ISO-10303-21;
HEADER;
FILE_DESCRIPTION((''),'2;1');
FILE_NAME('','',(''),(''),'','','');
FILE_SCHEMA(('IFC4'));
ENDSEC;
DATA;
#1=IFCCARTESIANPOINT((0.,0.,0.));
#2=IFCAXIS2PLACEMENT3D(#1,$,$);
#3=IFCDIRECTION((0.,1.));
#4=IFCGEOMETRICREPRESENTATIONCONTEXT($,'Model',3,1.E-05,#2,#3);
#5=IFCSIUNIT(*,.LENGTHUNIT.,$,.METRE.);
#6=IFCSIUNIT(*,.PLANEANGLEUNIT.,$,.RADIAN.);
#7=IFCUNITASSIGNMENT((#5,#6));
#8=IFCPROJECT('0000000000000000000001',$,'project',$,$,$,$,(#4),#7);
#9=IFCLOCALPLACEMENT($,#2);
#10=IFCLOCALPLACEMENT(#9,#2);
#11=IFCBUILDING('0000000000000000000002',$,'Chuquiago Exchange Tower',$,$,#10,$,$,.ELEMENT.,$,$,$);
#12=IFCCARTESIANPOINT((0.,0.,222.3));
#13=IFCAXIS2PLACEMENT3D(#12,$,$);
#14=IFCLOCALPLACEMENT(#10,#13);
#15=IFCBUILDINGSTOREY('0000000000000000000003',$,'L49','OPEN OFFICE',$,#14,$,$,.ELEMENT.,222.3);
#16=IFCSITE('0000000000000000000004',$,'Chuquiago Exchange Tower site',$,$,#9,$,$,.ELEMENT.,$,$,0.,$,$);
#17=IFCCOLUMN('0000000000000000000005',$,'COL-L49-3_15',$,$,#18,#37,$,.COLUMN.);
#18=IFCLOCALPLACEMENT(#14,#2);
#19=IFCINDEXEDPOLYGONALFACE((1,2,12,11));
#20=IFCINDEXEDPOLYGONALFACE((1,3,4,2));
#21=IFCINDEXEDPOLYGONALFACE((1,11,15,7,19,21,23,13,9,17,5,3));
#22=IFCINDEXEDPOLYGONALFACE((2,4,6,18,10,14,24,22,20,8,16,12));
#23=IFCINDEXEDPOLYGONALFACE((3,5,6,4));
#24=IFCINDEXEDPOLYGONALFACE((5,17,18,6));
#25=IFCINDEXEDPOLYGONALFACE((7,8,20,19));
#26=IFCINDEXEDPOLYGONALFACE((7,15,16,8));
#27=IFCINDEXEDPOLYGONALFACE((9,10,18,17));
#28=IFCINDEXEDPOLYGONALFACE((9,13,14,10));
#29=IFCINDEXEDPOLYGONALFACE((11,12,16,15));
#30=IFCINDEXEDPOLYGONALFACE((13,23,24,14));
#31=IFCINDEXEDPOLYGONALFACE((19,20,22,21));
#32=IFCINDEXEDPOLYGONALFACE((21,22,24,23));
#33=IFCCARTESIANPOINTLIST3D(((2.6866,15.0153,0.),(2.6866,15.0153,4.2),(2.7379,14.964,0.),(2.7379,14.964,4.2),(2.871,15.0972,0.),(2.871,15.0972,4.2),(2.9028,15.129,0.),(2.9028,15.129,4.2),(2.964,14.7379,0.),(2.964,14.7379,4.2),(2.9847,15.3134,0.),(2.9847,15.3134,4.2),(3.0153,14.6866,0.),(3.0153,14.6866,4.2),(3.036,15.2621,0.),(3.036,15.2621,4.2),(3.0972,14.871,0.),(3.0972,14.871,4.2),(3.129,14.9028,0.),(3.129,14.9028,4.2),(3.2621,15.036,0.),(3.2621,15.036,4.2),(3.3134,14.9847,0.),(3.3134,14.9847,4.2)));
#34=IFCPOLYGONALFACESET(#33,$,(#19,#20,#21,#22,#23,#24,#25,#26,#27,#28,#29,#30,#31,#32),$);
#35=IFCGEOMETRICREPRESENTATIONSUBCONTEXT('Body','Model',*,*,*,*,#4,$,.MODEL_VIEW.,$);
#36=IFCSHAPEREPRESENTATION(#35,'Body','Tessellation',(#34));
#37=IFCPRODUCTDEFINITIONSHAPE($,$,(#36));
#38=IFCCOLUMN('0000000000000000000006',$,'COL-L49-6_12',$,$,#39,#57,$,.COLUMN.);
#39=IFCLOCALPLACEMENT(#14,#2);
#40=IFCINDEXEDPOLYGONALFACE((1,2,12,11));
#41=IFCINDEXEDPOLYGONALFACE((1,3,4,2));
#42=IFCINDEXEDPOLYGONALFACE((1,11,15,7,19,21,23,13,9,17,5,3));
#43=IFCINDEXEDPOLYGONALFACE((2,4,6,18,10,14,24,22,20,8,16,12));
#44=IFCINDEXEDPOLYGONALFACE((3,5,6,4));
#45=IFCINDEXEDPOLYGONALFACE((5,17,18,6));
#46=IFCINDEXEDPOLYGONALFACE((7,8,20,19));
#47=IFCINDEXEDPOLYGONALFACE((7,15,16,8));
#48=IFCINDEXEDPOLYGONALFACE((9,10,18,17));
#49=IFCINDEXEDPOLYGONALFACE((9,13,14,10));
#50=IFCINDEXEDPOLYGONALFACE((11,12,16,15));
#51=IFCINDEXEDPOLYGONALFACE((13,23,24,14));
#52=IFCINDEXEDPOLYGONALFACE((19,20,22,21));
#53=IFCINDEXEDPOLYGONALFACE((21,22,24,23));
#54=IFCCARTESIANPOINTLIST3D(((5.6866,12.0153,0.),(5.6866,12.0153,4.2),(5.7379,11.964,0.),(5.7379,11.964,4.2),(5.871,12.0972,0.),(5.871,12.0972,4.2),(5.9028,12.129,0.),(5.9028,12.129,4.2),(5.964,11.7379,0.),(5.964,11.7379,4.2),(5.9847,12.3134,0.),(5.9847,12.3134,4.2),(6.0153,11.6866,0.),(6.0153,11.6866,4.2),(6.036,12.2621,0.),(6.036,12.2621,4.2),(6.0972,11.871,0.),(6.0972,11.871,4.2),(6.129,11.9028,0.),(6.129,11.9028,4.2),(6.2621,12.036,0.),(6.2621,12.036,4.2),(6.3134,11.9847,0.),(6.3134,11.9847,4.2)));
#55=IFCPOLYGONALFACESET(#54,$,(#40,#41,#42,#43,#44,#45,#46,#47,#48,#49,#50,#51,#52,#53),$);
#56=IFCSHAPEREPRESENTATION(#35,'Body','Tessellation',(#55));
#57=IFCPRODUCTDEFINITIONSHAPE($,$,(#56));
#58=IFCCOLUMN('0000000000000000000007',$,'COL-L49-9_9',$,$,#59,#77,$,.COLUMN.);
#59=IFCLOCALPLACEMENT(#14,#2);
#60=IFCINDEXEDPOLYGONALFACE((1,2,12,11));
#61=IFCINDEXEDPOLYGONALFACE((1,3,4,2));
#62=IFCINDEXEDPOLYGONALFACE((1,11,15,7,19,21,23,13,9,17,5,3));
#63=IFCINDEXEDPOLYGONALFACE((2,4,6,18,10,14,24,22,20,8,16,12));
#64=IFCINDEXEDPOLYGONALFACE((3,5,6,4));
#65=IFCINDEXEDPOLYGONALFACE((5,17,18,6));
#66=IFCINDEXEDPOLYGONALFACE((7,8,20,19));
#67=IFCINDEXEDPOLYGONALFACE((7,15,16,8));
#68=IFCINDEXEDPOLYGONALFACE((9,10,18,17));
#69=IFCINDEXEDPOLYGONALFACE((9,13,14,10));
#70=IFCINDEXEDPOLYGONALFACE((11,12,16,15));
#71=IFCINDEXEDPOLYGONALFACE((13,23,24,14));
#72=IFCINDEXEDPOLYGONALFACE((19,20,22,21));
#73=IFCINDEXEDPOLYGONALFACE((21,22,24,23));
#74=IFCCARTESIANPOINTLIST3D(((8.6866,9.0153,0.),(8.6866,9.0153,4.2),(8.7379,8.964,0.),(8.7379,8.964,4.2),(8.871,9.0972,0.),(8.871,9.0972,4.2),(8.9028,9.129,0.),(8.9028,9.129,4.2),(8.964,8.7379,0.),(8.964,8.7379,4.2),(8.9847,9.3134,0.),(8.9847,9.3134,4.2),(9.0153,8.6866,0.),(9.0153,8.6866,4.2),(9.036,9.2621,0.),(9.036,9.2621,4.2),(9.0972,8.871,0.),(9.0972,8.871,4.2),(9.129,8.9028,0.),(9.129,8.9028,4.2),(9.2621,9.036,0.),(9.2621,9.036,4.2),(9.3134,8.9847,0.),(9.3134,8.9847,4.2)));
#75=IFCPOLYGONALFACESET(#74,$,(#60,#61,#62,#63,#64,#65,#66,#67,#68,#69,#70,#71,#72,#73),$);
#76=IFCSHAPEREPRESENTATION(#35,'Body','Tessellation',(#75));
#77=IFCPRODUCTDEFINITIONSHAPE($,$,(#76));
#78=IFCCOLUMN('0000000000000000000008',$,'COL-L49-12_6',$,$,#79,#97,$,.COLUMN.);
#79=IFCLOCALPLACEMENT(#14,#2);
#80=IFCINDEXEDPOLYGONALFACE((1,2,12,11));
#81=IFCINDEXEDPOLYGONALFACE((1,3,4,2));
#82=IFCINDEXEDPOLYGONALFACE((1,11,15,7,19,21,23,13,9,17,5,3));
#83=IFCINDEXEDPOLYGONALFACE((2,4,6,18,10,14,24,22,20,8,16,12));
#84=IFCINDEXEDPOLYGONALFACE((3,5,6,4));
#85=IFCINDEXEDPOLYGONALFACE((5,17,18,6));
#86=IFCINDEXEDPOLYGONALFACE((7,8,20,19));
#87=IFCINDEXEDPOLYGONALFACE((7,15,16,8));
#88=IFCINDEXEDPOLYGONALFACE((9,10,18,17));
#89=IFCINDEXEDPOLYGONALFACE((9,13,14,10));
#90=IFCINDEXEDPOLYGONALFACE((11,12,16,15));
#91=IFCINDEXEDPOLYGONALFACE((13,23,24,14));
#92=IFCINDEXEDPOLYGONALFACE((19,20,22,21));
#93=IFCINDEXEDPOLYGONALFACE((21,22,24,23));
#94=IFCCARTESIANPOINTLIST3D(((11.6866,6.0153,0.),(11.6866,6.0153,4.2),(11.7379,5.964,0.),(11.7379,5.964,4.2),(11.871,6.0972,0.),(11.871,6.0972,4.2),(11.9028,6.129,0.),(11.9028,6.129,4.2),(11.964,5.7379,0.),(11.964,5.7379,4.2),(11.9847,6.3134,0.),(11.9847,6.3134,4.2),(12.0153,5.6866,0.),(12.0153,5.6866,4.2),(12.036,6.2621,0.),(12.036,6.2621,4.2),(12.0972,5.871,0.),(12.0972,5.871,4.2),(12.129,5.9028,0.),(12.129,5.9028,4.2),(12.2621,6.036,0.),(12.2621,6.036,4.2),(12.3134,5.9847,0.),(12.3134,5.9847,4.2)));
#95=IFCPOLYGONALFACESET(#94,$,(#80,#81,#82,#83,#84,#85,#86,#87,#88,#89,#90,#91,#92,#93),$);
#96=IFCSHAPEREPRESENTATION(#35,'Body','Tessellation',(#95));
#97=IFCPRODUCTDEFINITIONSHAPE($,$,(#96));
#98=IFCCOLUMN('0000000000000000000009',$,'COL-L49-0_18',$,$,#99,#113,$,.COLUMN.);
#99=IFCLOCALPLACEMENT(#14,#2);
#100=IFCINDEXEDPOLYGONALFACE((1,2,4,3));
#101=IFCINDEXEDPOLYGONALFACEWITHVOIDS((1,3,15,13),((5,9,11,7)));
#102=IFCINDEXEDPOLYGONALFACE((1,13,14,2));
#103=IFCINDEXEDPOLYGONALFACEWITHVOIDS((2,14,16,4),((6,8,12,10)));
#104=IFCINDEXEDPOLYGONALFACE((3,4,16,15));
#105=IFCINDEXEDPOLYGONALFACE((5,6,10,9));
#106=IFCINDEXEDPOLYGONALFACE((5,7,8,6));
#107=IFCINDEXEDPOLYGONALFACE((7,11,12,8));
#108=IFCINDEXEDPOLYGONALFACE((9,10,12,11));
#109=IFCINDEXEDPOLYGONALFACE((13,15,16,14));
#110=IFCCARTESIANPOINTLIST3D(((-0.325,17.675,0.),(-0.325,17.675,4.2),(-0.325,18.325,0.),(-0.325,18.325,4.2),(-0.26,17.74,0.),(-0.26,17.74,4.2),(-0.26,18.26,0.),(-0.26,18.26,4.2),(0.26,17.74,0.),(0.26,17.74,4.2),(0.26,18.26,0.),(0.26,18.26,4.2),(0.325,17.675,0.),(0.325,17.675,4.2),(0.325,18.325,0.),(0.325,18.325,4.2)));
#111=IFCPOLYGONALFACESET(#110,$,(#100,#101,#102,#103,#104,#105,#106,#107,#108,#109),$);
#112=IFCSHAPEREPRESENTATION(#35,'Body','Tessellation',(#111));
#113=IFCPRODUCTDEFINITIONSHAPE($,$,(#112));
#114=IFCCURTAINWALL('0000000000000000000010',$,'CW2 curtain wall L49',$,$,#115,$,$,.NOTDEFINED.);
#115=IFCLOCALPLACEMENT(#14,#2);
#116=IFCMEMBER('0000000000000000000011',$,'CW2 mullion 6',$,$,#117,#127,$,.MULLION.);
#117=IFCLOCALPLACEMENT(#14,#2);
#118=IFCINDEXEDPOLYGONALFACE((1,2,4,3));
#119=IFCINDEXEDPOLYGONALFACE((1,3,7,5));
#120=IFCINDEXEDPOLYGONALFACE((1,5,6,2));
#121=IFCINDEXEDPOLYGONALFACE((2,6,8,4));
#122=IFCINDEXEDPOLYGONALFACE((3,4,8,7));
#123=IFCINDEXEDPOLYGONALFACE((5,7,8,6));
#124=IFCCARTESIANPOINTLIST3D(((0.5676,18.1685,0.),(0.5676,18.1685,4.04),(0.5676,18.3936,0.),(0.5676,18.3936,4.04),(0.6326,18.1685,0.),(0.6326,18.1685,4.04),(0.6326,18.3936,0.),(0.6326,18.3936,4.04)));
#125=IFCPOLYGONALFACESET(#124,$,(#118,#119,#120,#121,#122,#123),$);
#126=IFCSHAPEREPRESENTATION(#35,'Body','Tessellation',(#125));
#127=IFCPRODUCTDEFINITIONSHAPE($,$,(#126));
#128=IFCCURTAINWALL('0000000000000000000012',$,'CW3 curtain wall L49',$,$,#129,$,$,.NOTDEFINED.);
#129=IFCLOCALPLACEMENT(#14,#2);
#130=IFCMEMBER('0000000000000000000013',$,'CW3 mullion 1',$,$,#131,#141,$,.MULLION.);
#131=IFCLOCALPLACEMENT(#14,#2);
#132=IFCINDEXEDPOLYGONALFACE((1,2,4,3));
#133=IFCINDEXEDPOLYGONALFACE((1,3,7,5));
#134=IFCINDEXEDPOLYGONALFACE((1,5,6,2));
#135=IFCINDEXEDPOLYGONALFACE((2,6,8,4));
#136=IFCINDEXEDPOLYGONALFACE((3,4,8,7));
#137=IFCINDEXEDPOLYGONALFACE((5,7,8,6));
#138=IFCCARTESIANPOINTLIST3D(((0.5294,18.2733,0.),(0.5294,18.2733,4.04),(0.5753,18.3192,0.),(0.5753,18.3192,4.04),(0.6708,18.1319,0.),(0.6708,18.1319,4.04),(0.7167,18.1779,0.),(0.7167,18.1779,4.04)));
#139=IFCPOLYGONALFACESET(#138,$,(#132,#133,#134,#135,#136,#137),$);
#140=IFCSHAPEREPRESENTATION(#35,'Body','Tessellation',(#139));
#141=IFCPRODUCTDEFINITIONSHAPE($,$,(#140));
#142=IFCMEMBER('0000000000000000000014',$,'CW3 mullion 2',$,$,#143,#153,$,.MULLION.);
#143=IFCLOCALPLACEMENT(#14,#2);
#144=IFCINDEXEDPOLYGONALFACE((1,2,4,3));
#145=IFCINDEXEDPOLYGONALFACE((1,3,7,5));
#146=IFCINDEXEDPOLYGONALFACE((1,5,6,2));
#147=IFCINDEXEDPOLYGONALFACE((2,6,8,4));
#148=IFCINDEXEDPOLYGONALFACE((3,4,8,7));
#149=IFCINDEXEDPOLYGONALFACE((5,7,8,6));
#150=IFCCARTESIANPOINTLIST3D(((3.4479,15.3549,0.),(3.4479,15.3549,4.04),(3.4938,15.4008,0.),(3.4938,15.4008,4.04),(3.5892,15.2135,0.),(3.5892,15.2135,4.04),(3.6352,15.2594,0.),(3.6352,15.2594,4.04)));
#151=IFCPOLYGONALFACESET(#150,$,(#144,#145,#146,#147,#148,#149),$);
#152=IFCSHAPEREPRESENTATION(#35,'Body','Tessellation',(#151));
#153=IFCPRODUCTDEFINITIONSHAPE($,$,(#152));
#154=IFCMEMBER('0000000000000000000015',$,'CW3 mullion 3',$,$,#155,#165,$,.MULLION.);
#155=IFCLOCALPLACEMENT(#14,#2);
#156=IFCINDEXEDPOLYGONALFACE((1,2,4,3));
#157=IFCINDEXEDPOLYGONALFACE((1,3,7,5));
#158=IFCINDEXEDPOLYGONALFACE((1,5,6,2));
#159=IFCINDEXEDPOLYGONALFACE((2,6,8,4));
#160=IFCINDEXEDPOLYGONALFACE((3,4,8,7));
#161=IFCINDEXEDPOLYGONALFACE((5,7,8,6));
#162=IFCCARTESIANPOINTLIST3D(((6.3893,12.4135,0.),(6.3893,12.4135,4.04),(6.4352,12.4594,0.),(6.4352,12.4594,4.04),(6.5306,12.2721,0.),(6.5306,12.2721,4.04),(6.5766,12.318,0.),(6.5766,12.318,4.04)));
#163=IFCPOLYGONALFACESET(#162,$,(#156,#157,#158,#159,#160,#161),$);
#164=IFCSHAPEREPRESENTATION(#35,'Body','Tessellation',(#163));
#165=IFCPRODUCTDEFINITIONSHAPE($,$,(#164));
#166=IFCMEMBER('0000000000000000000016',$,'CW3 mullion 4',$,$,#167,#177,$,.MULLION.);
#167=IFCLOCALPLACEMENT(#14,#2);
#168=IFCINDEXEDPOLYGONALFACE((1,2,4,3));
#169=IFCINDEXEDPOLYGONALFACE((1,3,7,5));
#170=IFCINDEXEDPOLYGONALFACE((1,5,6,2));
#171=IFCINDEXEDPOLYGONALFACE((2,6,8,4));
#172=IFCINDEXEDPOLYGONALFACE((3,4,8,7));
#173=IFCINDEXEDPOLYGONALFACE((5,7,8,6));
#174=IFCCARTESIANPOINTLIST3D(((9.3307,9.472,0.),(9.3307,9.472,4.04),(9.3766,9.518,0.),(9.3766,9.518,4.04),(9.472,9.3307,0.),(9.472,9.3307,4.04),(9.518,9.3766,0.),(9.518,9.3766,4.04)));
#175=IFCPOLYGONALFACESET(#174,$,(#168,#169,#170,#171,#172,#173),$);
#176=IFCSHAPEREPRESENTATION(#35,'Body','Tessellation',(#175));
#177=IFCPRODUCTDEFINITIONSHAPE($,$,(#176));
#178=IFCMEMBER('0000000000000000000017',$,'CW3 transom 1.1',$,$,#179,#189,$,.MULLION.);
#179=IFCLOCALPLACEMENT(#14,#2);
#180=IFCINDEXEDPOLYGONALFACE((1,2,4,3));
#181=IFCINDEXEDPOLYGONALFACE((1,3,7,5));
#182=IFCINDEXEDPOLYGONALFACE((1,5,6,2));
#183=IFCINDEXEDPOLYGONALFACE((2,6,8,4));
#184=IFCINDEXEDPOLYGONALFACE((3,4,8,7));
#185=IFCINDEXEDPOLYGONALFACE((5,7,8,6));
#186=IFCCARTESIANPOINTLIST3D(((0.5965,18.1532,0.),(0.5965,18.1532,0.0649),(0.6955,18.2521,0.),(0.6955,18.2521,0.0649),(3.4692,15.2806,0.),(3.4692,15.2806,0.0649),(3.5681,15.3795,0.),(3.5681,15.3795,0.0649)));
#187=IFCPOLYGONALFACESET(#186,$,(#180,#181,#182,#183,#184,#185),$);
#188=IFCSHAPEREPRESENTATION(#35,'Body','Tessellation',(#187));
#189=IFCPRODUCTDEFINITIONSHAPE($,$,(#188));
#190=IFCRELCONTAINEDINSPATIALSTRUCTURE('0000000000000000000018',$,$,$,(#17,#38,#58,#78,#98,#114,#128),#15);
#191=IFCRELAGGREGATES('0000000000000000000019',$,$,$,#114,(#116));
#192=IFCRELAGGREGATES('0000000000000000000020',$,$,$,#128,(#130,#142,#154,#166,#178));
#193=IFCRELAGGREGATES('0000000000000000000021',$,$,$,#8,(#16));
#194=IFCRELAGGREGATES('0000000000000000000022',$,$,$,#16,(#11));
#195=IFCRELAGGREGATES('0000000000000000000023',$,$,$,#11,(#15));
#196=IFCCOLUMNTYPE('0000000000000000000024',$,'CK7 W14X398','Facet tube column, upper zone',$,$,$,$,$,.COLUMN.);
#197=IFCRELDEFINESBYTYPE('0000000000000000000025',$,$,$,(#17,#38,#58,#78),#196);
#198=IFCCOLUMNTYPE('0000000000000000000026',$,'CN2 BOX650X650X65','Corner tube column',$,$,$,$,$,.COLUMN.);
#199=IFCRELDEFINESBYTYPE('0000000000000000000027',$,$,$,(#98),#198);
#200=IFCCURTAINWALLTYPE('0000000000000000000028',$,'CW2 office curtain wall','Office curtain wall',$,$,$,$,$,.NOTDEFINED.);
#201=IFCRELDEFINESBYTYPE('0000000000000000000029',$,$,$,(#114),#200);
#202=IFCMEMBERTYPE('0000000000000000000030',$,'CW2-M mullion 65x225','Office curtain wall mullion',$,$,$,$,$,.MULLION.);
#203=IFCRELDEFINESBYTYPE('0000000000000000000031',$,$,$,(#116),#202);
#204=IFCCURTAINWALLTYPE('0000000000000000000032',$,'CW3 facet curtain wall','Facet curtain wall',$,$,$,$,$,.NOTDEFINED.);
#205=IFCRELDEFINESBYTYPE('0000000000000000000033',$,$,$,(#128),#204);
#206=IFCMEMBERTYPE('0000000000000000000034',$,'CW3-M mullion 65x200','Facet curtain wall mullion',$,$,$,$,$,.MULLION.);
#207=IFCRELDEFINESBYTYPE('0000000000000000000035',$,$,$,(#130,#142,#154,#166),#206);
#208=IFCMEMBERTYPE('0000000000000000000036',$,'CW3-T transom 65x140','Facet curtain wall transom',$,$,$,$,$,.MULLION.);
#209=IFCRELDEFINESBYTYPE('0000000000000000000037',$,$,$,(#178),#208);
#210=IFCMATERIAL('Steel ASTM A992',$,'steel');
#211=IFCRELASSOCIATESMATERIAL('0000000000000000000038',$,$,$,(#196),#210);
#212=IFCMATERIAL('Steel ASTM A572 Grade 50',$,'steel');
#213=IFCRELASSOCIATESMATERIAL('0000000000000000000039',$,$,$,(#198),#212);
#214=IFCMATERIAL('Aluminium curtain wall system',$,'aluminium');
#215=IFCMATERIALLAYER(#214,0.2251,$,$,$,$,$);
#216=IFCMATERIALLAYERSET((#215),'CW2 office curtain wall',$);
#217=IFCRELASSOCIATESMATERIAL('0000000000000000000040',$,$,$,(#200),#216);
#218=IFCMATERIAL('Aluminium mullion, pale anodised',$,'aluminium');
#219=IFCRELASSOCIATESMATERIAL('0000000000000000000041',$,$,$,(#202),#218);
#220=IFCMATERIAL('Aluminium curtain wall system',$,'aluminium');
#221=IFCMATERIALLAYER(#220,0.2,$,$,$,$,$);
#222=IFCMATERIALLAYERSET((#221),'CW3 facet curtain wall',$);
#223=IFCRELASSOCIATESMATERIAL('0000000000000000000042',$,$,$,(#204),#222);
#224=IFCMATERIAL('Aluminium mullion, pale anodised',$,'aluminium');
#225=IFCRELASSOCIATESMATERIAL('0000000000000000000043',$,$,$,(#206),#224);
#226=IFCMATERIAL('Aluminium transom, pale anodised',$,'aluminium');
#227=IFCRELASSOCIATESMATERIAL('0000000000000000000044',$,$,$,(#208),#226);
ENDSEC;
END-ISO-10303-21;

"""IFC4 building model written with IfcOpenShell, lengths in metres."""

from ifc_helpers import new_model, si_unit, direction, frame, origin, origin_2d, place, context, subcontext, project, spatial, rectangle, hollow_rectangle, i_section, extrude, material, layer, layer_set, material_profile, profile_set, type_object, element, aggregate, save


model = new_model("IFC4")

# Units and contexts
model_context = context("Model", 3, precision=1e-05, world=origin(), true_north=direction((0.0, 1.0)))
body_context = subcontext(model_context, "Body", "Model", "MODEL_VIEW")
ifc_project = project(units=[si_unit("LENGTHUNIT", "METRE"), si_unit("PLANEANGLEUNIT", "RADIAN")], contexts=[model_context])

# Site, building, storey
site_placement = place(None, origin())
site = spatial("IfcSite", under=ifc_project, at=site_placement, Name="Chuquiago Exchange Tower site", CompositionType="ELEMENT", RefElevation=0.0)
building_placement = place(site_placement, origin())
building = spatial("IfcBuilding", under=site, at=building_placement, Name="Chuquiago Exchange Tower", CompositionType="ELEMENT")
storey_placement = place(building_placement, frame((0.0, 0.0, 222.3)))
storey = spatial("IfcBuildingStorey", under=building, at=storey_placement, Name="L49", Description="OPEN OFFICE", CompositionType="ELEMENT", Elevation=222.3)

# Columns
ifc_material_1 = material(Name="Steel ASTM A992", Category="steel")
ifc_material_profile_1 = material_profile(ifc_material_1, i_section(OverallWidth=0.4216, OverallDepth=0.4648, WebThickness=0.0449, FlangeThickness=0.0725, at=origin_2d()), Name="W14X398")
ifc_profile_set_1 = profile_set([ifc_material_profile_1], Name="Steel ASTM A992")
column_type_1 = type_object("IfcColumnType", Name="CK7 W14X398", Description="Facet tube column, upper zone", PredefinedType="COLUMN", material=ifc_profile_set_1)
for number, where, z_axis, x_axis, name in (
    (1, (3.0, 15.0, 0.0), (0.0, 0.0, 1.0), (-0.707107, -0.707107, 0.0), "COL-L49-3_15"),
    (2, (6.0, 12.0, 0.0), (0.0, 0.0, 1.0), (-0.707107, -0.707107, 0.0), "COL-L49-6_12"),
    (3, (9.0, 9.0, 0.0), (0.0, 0.0, 1.0), (-0.707107, -0.707107, 0.0), "COL-L49-9_9"),
    (4, (12.0, 6.0, 0.0), (0.0, 0.0, 1.0), (-0.707107, -0.707107, 0.0), "COL-L49-12_6"),
):
    element("IfcColumn", number, at=place(storey_placement, frame(where, z_axis=z_axis, x_axis=x_axis)), inside=storey, type_object=column_type_1, Name=name, PredefinedType="COLUMN", context=body_context, shape_type="SweptSolid", body=[
        extrude(i_section(OverallWidth=0.4216, OverallDepth=0.4648, WebThickness=0.0449, FlangeThickness=0.0725, at=origin_2d()), origin(), (0.0, 0.0, 1.0), 4.2),
    ])
ifc_material_2 = material(Name="Steel ASTM A572 Grade 50", Category="steel")
ifc_material_profile_2 = material_profile(ifc_material_2, hollow_rectangle(XDim=0.6499, YDim=0.6499, WallThickness=0.0649, at=origin_2d()), Name="BOX650X650X65")
ifc_profile_set_2 = profile_set([ifc_material_profile_2], Name="Steel ASTM A572 Grade 50")
column_type_2 = type_object("IfcColumnType", Name="CN2 BOX650X650X65", Description="Corner tube column", PredefinedType="COLUMN", material=ifc_profile_set_2)
column_placement = place(storey_placement, frame((0.0, 18.0, 0.0), z_axis=(0.0, 0.0, 1.0), x_axis=(-1.0, 0.0, 0.0)))
element("IfcColumn", 5, at=column_placement, inside=storey, type_object=column_type_2, Name="COL-L49-0_18", PredefinedType="COLUMN", context=body_context, shape_type="SweptSolid", body=[
    extrude(hollow_rectangle(XDim=0.6499, YDim=0.6499, WallThickness=0.0649, at=origin_2d()), origin(), (0.0, 0.0, 1.0), 4.2),
])

# Curtain wall, member
ifc_material_3 = material(Name="Aluminium curtain wall system", Category="aluminium")
ifc_layer_1 = layer(ifc_material_3, 0.2251)
ifc_layer_set_1 = layer_set([ifc_layer_1], Name="CW2 office curtain wall")
curtain_wall_type_1 = type_object("IfcCurtainWallType", Name="CW2 office curtain wall", Description="Office curtain wall", PredefinedType="NOTDEFINED", material=ifc_layer_set_1)
curtain_wall_1_placement = place(storey_placement, origin())
curtain_wall_1 = element("IfcCurtainWall", 6, at=curtain_wall_1_placement, inside=storey, type_object=curtain_wall_type_1, Name="CW2 curtain wall L49", PredefinedType="NOTDEFINED")
ifc_material_4 = material(Name="Aluminium mullion, pale anodised", Category="aluminium")
ifc_material_profile_3 = material_profile(ifc_material_4, rectangle(XDim=0.0649, YDim=0.2251, at=origin_2d()), Name="AL 65x225")
ifc_profile_set_3 = profile_set([ifc_material_profile_3], Name="Aluminium mullion, pale anodised")
member_type_1 = type_object("IfcMemberType", Name="CW2-M mullion 65x225", Description="Office curtain wall mullion", PredefinedType="MULLION", material=ifc_profile_set_3)
member_1_placement = place(storey_placement, frame((0.6001, 18.281, 0.0), z_axis=(0.0, 0.0, 1.0), x_axis=(1.0, 0.0, 0.0)))
member_1 = element("IfcMember", 7, at=member_1_placement, type_object=member_type_1, Name="CW2 mullion 6", PredefinedType="MULLION", context=body_context, shape_type="SweptSolid", body=[
    extrude(rectangle(XDim=0.0649, YDim=0.2251, at=origin_2d()), origin(), (0.0, 0.0, 1.0), 4.04),
])
aggregate(curtain_wall_1, [member_1])

# Curtain wall, members
ifc_material_5 = material(Name="Aluminium curtain wall system", Category="aluminium")
ifc_layer_2 = layer(ifc_material_5, 0.2)
ifc_layer_set_2 = layer_set([ifc_layer_2], Name="CW3 facet curtain wall")
curtain_wall_type_2 = type_object("IfcCurtainWallType", Name="CW3 facet curtain wall", Description="Facet curtain wall", PredefinedType="NOTDEFINED", material=ifc_layer_set_2)
curtain_wall_2_placement = place(storey_placement, origin())
curtain_wall_2 = element("IfcCurtainWall", 8, at=curtain_wall_2_placement, inside=storey, type_object=curtain_wall_type_2, Name="CW3 curtain wall L49", PredefinedType="NOTDEFINED")
ifc_material_6 = material(Name="Aluminium mullion, pale anodised", Category="aluminium")
ifc_material_profile_4 = material_profile(ifc_material_6, rectangle(XDim=0.0649, YDim=0.2, at=origin_2d()), Name="AL 65x200")
ifc_profile_set_4 = profile_set([ifc_material_profile_4], Name="Aluminium mullion, pale anodised")
member_type_2 = type_object("IfcMemberType", Name="CW3-M mullion 65x200", Description="Facet curtain wall mullion", PredefinedType="MULLION", material=ifc_profile_set_4)
member_2_placement = place(storey_placement, frame((0.623, 18.2256, 0.0), z_axis=(0.0, 0.0, 1.0), x_axis=(0.707107, 0.707107, 0.0)))
member_2 = element("IfcMember", 9, at=member_2_placement, type_object=member_type_2, Name="CW3 mullion 1", PredefinedType="MULLION", context=body_context, shape_type="SweptSolid", body=[
    extrude(rectangle(XDim=0.0649, YDim=0.2, at=origin_2d()), origin(), (0.0, 0.0, 1.0), 4.04),
])
member_3_placement = place(storey_placement, frame((3.5415, 15.3071, 0.0), z_axis=(0.0, 0.0, 1.0), x_axis=(0.707107, 0.707107, 0.0)))
member_3 = element("IfcMember", 10, at=member_3_placement, type_object=member_type_2, Name="CW3 mullion 2", PredefinedType="MULLION", context=body_context, shape_type="SweptSolid", body=[
    extrude(rectangle(XDim=0.0649, YDim=0.2, at=origin_2d()), origin(), (0.0, 0.0, 1.0), 4.04),
])
member_4_placement = place(storey_placement, frame((6.4829, 12.3657, 0.0), z_axis=(0.0, 0.0, 1.0), x_axis=(0.707107, 0.707107, 0.0)))
member_4 = element("IfcMember", 11, at=member_4_placement, type_object=member_type_2, Name="CW3 mullion 3", PredefinedType="MULLION", context=body_context, shape_type="SweptSolid", body=[
    extrude(rectangle(XDim=0.0649, YDim=0.2, at=origin_2d()), origin(), (0.0, 0.0, 1.0), 4.04),
])
member_5_placement = place(storey_placement, frame((9.4243, 9.4243, 0.0), z_axis=(0.0, 0.0, 1.0), x_axis=(0.707107, 0.707107, 0.0)))
member_5 = element("IfcMember", 12, at=member_5_placement, type_object=member_type_2, Name="CW3 mullion 4", PredefinedType="MULLION", context=body_context, shape_type="SweptSolid", body=[
    extrude(rectangle(XDim=0.0649, YDim=0.2, at=origin_2d()), origin(), (0.0, 0.0, 1.0), 4.04),
])
ifc_material_7 = material(Name="Aluminium transom, pale anodised", Category="aluminium")
ifc_material_profile_5 = material_profile(ifc_material_7, rectangle(XDim=0.1399, YDim=0.0649, at=origin_2d()), Name="AL 140x65")
ifc_profile_set_5 = profile_set([ifc_material_profile_5], Name="Aluminium transom, pale anodised")
member_type_3 = type_object("IfcMemberType", Name="CW3-T transom 65x140", Description="Facet curtain wall transom", PredefinedType="MULLION", material=ifc_profile_set_5)
member_6_placement = place(storey_placement, frame((0.646, 18.2026, 0.0325), z_axis=(0.707107, -0.707107, 0.0), x_axis=(0.707107, 0.707107, 0.0)))
member_6 = element("IfcMember", 13, at=member_6_placement, type_object=member_type_3, Name="CW3 transom 1.1", PredefinedType="MULLION", context=body_context, shape_type="SweptSolid", body=[
    extrude(rectangle(XDim=0.1399, YDim=0.0649, at=origin_2d()), origin(), (0.0, 0.0, 1.0), 4.0625),
])

aggregate(curtain_wall_2, [member_2, member_3, member_4, member_5, member_6])

save(model, "model.ifc")
